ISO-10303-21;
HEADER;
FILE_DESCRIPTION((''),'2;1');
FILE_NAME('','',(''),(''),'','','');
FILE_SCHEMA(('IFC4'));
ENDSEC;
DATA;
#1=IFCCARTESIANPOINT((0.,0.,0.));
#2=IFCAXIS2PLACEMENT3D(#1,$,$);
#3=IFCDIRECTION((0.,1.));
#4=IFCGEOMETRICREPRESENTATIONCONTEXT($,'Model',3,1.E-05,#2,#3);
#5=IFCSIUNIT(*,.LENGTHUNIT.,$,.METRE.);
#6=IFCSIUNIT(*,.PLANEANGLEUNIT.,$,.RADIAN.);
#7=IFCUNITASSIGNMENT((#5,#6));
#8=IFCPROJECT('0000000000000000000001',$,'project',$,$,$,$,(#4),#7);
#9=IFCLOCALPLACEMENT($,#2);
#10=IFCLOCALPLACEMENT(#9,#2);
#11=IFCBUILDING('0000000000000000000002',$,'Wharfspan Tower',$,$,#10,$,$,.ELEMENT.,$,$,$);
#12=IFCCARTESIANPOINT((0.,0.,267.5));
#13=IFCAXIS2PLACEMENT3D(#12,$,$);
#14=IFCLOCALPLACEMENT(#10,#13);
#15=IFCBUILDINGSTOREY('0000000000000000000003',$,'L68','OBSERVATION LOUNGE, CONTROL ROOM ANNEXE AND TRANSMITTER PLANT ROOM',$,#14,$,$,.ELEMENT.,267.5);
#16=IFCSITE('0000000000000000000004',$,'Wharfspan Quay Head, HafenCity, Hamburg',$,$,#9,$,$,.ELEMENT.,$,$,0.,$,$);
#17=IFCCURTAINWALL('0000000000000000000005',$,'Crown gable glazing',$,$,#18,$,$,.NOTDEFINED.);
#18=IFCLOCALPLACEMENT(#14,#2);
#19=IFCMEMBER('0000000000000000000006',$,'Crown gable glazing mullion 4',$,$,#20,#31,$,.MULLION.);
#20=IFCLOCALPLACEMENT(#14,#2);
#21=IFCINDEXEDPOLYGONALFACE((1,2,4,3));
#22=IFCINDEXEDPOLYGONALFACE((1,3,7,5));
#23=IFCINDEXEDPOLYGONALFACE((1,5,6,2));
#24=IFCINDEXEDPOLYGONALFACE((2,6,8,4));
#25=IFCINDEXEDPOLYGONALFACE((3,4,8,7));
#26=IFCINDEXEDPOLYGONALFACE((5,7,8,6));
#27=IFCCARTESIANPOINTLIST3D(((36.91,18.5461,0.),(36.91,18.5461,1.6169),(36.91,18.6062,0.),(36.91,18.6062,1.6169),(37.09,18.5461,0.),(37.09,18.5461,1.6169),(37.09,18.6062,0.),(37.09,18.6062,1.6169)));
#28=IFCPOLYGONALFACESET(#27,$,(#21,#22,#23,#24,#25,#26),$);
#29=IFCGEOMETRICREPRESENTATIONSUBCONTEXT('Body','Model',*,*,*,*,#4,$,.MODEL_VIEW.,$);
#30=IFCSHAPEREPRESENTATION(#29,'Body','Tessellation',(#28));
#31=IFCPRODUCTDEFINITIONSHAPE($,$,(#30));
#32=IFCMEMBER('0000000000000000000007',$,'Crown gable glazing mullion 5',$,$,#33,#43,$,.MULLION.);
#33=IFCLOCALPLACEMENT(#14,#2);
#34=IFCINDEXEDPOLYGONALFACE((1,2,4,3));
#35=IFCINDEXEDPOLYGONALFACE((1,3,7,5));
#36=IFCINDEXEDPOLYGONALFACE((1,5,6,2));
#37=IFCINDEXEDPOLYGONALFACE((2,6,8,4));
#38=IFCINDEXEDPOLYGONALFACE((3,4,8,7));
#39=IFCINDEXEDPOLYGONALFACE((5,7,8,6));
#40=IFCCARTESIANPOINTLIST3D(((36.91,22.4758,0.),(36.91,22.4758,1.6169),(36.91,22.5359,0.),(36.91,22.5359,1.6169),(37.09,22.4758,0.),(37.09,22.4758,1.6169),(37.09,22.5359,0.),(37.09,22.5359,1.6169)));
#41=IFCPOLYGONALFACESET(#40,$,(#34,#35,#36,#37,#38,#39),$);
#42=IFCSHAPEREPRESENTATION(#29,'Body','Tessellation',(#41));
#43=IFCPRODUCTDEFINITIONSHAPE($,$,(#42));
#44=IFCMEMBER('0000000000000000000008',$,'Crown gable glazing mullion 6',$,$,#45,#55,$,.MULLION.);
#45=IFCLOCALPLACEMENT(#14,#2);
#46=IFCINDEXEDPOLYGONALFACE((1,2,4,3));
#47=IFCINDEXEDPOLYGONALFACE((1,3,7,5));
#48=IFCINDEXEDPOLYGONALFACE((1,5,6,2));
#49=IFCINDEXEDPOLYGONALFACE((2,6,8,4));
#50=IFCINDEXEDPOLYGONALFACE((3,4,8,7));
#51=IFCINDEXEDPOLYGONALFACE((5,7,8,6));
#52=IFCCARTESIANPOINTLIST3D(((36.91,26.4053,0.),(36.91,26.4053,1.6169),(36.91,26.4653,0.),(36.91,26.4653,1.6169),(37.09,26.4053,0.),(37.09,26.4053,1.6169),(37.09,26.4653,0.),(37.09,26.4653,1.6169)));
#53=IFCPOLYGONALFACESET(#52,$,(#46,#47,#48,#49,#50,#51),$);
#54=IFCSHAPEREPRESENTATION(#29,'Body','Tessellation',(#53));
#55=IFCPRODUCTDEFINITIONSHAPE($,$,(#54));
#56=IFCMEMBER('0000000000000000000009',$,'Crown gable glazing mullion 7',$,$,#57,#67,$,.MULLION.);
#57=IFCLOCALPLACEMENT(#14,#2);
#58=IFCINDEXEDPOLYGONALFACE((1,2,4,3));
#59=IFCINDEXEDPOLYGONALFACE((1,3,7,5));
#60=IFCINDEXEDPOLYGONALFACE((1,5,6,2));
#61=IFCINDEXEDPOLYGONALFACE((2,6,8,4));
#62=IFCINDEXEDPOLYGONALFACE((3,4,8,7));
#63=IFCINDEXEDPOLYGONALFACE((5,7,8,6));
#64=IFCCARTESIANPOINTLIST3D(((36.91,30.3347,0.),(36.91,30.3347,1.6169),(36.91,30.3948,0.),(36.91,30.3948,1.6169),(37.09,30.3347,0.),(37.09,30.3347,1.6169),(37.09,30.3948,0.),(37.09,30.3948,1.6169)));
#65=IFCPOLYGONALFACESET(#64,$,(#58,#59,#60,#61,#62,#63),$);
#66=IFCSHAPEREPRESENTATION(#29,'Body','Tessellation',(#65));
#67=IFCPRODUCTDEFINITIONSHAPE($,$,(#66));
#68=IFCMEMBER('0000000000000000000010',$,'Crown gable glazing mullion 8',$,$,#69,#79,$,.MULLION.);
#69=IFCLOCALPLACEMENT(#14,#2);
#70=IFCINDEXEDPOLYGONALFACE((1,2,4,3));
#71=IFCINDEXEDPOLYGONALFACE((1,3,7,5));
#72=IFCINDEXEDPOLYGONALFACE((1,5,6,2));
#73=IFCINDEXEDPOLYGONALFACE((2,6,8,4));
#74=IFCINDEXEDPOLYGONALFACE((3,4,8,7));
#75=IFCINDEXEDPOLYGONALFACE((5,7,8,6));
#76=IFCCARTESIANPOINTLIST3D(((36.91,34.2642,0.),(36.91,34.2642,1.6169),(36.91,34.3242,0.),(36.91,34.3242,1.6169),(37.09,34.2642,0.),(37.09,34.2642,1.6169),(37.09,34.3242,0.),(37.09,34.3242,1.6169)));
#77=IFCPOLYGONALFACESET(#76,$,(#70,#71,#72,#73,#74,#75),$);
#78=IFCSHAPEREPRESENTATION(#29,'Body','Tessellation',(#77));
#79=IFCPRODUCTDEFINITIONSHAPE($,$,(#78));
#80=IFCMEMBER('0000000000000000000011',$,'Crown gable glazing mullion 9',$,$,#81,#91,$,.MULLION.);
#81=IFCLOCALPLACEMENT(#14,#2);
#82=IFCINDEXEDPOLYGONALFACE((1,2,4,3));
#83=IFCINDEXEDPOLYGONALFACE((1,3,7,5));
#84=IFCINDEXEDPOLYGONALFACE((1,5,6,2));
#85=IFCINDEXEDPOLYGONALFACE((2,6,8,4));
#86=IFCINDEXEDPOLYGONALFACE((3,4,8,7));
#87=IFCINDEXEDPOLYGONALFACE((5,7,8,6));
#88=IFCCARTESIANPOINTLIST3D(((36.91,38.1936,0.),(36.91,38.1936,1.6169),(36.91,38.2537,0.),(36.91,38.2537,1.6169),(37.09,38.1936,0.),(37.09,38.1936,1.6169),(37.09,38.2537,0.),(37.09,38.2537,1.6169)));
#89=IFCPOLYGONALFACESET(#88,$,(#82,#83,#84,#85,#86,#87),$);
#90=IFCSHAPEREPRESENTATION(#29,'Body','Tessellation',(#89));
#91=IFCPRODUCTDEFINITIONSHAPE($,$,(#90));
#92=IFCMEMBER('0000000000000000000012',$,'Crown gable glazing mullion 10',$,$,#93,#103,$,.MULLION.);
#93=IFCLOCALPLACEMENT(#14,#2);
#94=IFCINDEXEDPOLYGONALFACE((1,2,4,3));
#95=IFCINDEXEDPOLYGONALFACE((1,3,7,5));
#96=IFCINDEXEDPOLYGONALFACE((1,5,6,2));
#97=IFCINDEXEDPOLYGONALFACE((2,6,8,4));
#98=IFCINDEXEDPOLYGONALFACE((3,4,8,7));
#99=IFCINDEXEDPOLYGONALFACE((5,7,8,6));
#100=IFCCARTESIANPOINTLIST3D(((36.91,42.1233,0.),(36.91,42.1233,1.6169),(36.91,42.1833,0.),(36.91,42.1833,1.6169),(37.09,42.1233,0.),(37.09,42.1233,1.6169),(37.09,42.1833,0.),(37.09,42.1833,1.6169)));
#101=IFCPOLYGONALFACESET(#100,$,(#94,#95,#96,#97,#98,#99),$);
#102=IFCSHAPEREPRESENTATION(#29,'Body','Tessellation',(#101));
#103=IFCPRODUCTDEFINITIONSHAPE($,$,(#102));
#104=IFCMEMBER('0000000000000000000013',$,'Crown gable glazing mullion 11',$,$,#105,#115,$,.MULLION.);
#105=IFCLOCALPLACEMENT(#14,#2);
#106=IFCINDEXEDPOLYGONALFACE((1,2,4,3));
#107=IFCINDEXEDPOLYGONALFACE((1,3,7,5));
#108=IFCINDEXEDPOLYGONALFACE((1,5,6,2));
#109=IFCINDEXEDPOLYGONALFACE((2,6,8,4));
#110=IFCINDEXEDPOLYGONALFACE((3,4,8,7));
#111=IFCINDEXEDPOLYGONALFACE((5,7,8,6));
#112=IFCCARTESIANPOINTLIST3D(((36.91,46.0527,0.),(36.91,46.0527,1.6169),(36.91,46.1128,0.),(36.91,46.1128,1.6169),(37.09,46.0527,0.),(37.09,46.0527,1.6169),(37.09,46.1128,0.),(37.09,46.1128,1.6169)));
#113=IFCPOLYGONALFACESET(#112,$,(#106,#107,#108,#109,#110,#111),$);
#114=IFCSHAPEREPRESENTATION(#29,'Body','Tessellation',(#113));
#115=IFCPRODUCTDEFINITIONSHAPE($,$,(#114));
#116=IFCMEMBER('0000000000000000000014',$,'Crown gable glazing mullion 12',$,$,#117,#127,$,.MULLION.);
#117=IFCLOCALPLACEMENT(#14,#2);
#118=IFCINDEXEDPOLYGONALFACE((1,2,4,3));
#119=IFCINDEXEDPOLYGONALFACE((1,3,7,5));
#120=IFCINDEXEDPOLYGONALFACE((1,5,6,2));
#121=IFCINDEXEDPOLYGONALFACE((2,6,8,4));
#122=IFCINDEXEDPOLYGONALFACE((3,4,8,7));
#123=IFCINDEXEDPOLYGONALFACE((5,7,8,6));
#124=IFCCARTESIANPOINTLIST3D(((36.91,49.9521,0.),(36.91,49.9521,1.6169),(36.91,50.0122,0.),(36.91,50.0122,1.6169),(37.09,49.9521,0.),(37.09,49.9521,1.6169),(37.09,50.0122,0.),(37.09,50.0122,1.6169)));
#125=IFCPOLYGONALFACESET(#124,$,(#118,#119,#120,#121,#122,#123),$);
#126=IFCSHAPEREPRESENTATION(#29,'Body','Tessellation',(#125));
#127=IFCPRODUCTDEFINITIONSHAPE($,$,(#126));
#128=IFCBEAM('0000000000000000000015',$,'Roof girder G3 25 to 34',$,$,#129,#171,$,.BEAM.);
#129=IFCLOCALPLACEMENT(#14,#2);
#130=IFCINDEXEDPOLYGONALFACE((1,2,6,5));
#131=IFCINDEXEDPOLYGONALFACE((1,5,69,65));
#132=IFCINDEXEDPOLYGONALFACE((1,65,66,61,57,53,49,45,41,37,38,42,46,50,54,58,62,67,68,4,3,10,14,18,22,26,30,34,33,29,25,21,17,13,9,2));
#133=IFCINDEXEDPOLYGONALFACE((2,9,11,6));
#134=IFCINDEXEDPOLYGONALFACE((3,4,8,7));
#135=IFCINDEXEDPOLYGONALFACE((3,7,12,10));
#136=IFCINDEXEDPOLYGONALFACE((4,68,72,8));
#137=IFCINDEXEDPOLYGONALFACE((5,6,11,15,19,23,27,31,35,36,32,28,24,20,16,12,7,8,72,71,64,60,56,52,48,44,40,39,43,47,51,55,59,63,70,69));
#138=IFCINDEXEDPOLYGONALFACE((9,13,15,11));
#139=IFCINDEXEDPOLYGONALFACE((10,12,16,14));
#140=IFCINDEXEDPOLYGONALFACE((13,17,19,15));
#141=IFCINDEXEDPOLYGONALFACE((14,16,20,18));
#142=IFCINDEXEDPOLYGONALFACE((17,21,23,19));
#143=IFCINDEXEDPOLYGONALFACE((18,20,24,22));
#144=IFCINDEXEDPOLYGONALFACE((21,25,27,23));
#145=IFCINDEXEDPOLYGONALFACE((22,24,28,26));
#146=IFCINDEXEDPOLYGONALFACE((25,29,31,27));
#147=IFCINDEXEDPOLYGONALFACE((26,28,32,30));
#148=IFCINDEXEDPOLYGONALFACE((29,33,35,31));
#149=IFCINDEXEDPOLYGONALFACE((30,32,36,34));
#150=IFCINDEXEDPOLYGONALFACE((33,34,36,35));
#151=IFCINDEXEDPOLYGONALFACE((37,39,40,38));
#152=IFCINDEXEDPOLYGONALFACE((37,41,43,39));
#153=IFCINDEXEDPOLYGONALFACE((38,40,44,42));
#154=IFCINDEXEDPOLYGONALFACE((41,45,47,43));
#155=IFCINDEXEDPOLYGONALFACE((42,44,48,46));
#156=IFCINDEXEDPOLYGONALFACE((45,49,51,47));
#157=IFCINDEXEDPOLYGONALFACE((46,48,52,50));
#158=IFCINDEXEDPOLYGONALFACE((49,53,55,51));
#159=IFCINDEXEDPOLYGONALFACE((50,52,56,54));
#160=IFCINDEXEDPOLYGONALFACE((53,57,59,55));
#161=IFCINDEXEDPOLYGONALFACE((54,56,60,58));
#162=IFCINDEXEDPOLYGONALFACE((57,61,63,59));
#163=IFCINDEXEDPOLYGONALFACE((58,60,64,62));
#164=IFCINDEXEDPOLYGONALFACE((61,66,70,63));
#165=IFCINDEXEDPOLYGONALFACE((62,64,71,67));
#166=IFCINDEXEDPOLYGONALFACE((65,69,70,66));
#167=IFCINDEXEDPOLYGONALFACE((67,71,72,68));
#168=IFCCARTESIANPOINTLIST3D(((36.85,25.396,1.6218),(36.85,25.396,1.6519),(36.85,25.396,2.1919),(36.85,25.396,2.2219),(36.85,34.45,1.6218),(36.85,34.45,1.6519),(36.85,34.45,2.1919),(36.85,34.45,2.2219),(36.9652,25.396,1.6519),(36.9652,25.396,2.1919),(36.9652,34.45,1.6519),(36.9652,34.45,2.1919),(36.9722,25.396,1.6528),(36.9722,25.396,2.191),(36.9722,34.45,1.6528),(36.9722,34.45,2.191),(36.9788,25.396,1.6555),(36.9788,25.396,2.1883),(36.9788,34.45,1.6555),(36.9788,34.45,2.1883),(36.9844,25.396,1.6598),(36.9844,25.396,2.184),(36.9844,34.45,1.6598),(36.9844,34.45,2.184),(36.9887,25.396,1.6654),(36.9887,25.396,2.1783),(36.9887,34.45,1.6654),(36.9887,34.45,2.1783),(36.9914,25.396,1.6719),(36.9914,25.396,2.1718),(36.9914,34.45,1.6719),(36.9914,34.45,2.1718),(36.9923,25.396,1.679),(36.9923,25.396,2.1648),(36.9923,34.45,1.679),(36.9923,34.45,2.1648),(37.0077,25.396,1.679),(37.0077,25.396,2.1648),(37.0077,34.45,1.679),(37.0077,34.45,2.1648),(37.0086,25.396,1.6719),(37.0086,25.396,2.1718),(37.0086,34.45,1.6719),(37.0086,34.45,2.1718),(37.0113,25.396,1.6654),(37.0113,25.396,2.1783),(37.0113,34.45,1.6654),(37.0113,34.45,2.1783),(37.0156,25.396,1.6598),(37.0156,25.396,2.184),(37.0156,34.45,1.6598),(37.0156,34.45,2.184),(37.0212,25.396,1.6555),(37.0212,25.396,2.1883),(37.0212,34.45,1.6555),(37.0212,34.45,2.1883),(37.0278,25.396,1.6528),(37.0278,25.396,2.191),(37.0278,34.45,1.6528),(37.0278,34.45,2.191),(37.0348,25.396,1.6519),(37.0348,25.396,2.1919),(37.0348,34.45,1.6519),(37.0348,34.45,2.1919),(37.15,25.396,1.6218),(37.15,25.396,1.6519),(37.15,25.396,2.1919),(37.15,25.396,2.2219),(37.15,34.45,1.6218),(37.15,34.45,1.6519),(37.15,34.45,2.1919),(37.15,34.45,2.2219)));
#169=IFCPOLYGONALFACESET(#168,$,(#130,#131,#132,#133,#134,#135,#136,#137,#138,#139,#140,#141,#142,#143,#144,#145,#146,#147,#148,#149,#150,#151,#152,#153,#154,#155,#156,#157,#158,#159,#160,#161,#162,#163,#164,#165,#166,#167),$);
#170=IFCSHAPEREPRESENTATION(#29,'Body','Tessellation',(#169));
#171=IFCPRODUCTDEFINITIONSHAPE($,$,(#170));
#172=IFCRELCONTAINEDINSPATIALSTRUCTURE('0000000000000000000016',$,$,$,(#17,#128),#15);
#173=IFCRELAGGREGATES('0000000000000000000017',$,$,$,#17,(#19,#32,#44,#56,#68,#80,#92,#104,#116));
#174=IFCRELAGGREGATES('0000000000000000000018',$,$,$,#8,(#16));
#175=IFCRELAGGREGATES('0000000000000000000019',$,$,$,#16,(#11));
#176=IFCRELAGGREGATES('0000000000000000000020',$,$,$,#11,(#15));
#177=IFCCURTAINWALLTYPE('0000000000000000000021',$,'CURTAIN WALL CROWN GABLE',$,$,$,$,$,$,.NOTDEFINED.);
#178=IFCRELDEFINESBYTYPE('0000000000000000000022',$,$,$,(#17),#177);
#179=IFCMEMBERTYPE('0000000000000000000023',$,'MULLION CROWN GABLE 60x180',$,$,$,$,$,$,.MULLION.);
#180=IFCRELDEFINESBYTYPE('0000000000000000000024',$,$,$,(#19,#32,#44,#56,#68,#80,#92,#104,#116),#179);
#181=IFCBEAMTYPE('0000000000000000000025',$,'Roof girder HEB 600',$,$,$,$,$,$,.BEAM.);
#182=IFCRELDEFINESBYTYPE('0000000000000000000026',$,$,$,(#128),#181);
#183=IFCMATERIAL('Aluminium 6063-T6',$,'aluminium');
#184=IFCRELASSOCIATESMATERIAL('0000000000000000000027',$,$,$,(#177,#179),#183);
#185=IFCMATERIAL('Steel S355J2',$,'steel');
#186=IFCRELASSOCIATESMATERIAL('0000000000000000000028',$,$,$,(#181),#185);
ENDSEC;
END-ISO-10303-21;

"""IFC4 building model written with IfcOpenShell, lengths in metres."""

from ifc_helpers import new_model, si_unit, direction, frame, origin, origin_2d, place, context, subcontext, project, spatial, rectangle, i_section, extrude, material, material_profile, profile_set, type_object, element, aggregate, save


model = new_model("IFC4")

# Units and contexts
model_context = context("Model", 3, precision=1e-05, world=origin(), true_north=direction((0.0, 1.0)))
body_context = subcontext(model_context, "Body", "Model", "MODEL_VIEW")
ifc_project = project(units=[si_unit("LENGTHUNIT", "METRE"), si_unit("PLANEANGLEUNIT", "RADIAN")], contexts=[model_context])

# Site, building, storey
site_placement = place(None, origin())
site = spatial("IfcSite", under=ifc_project, at=site_placement, Name="Wharfspan Quay Head, HafenCity, Hamburg", CompositionType="ELEMENT", RefElevation=0.0)
building_placement = place(site_placement, origin())
building = spatial("IfcBuilding", under=site, at=building_placement, Name="Wharfspan Tower", CompositionType="ELEMENT")
storey_placement = place(building_placement, frame((0.0, 0.0, 267.5)))
storey = spatial("IfcBuildingStorey", under=building, at=storey_placement, Name="L68", Description="OBSERVATION LOUNGE, CONTROL ROOM ANNEXE AND TRANSMITTER PLANT ROOM", CompositionType="ELEMENT", Elevation=267.5)

# Curtain wall, members
ifc_material_1 = material(Name="Aluminium 6063-T6", Category="aluminium")
curtain_wall_type = type_object("IfcCurtainWallType", Name="CURTAIN WALL CROWN GABLE", PredefinedType="NOTDEFINED", material=ifc_material_1)
curtain_wall_placement = place(storey_placement, origin())
curtain_wall = element("IfcCurtainWall", 1, at=curtain_wall_placement, inside=storey, type_object=curtain_wall_type, Name="Crown gable glazing", PredefinedType="NOTDEFINED")
ifc_material_profile_1 = material_profile(ifc_material_1, rectangle(XDim=0.1799, YDim=0.0601, at=origin_2d()))
ifc_profile_set_1 = profile_set([ifc_material_profile_1], Name="Aluminium 6063-T6")
member_type_1 = type_object("IfcMemberType", Name="MULLION CROWN GABLE 60x180", PredefinedType="MULLION", material=ifc_profile_set_1)
member_1_placement = place(storey_placement, frame((37.0, 18.5762, 0.0), z_axis=(0.0, 0.0, 1.0), x_axis=(-1.0, 0.0, 0.0)))
member_1 = element("IfcMember", 2, at=member_1_placement, type_object=member_type_1, Name="Crown gable glazing mullion 4", PredefinedType="MULLION", context=body_context, shape_type="SweptSolid", body=[
    extrude(rectangle(XDim=0.1799, YDim=0.0601, at=origin_2d()), origin(), (0.0, 0.0, 1.0), 1.6169),
])
member_2_placement = place(storey_placement, frame((37.0, 22.5059, 0.0), z_axis=(0.0, 0.0, 1.0), x_axis=(-1.0, 0.0, 0.0)))
member_2 = element("IfcMember", 3, at=member_2_placement, type_object=member_type_1, Name="Crown gable glazing mullion 5", PredefinedType="MULLION", context=body_context, shape_type="SweptSolid", body=[
    extrude(rectangle(XDim=0.1799, YDim=0.0601, at=origin_2d()), origin(), (0.0, 0.0, 1.0), 1.6169),
])
member_3_placement = place(storey_placement, frame((37.0, 26.4353, 0.0), z_axis=(0.0, 0.0, 1.0), x_axis=(-1.0, 0.0, 0.0)))
member_3 = element("IfcMember", 4, at=member_3_placement, type_object=member_type_1, Name="Crown gable glazing mullion 6", PredefinedType="MULLION", context=body_context, shape_type="SweptSolid", body=[
    extrude(rectangle(XDim=0.1799, YDim=0.0601, at=origin_2d()), origin(), (0.0, 0.0, 1.0), 1.6169),
])
member_4_placement = place(storey_placement, frame((37.0, 30.3647, 0.0), z_axis=(0.0, 0.0, 1.0), x_axis=(-1.0, 0.0, 0.0)))
member_4 = element("IfcMember", 5, at=member_4_placement, type_object=member_type_1, Name="Crown gable glazing mullion 7", PredefinedType="MULLION", context=body_context, shape_type="SweptSolid", body=[
    extrude(rectangle(XDim=0.1799, YDim=0.0601, at=origin_2d()), origin(), (0.0, 0.0, 1.0), 1.6169),
])
member_5_placement = place(storey_placement, frame((37.0, 34.2942, 0.0), z_axis=(0.0, 0.0, 1.0), x_axis=(-1.0, 0.0, 0.0)))
member_5 = element("IfcMember", 6, at=member_5_placement, type_object=member_type_1, Name="Crown gable glazing mullion 8", PredefinedType="MULLION", context=body_context, shape_type="SweptSolid", body=[
    extrude(rectangle(XDim=0.1799, YDim=0.0601, at=origin_2d()), origin(), (0.0, 0.0, 1.0), 1.6169),
])
member_6_placement = place(storey_placement, frame((37.0, 38.2236, 0.0), z_axis=(0.0, 0.0, 1.0), x_axis=(-1.0, 0.0, 0.0)))
member_6 = element("IfcMember", 7, at=member_6_placement, type_object=member_type_1, Name="Crown gable glazing mullion 9", PredefinedType="MULLION", context=body_context, shape_type="SweptSolid", body=[
    extrude(rectangle(XDim=0.1799, YDim=0.0601, at=origin_2d()), origin(), (0.0, 0.0, 1.0), 1.6169),
])
member_7_placement = place(storey_placement, frame((37.0, 42.1533, 0.0), z_axis=(0.0, 0.0, 1.0), x_axis=(-1.0, 0.0, 0.0)))
member_7 = element("IfcMember", 8, at=member_7_placement, type_object=member_type_1, Name="Crown gable glazing mullion 10", PredefinedType="MULLION", context=body_context, shape_type="SweptSolid", body=[
    extrude(rectangle(XDim=0.1799, YDim=0.0601, at=origin_2d()), origin(), (0.0, 0.0, 1.0), 1.6169),
])
member_8_placement = place(storey_placement, frame((37.0, 46.0828, 0.0), z_axis=(0.0, 0.0, 1.0), x_axis=(-1.0, 0.0, 0.0)))
member_8 = element("IfcMember", 9, at=member_8_placement, type_object=member_type_1, Name="Crown gable glazing mullion 11", PredefinedType="MULLION", context=body_context, shape_type="SweptSolid", body=[
    extrude(rectangle(XDim=0.1799, YDim=0.0601, at=origin_2d()), origin(), (0.0, 0.0, 1.0), 1.6169),
])
member_9_placement = place(storey_placement, frame((37.0, 49.9822, 0.0), z_axis=(0.0, 0.0, 1.0), x_axis=(-1.0, 0.0, 0.0)))
member_9 = element("IfcMember", 10, at=member_9_placement, type_object=member_type_1, Name="Crown gable glazing mullion 12", PredefinedType="MULLION", context=body_context, shape_type="SweptSolid", body=[
    extrude(rectangle(XDim=0.1799, YDim=0.0601, at=origin_2d()), origin(), (0.0, 0.0, 1.0), 1.6169),
])

# Beam
ifc_material_2 = material(Name="Steel S355J2", Category="steel")
ifc_material_profile_2 = material_profile(ifc_material_2, i_section(OverallWidth=0.3, OverallDepth=0.6001, WebThickness=0.0154, FlangeThickness=0.03, FilletRadius=0.0271, at=origin_2d()))
ifc_profile_set_2 = profile_set([ifc_material_profile_2], Name="Steel S355J2")
beam_type = type_object("IfcBeamType", Name="Roof girder HEB 600", PredefinedType="BEAM", material=ifc_profile_set_2)
beam_1_placement = place(storey_placement, frame((37.0, 25.396, 1.9219), z_axis=(0.0, 1.0, 0.0), x_axis=(-1.0, 0.0, 0.0)))
element("IfcBeam", 11, at=beam_1_placement, inside=storey, type_object=beam_type, Name="Roof girder G3 25 to 34", PredefinedType="BEAM", context=body_context, shape_type="SweptSolid", body=[
    extrude(i_section(OverallWidth=0.3, OverallDepth=0.6001, WebThickness=0.0154, FlangeThickness=0.03, FilletRadius=0.0271, at=origin_2d()), origin(), (0.0, 0.0, 1.0), 9.054),
])

aggregate(curtain_wall, [member_1, member_2, member_3, member_4, member_5, member_6, member_7, member_8, member_9])

save(model, "model.ifc")
